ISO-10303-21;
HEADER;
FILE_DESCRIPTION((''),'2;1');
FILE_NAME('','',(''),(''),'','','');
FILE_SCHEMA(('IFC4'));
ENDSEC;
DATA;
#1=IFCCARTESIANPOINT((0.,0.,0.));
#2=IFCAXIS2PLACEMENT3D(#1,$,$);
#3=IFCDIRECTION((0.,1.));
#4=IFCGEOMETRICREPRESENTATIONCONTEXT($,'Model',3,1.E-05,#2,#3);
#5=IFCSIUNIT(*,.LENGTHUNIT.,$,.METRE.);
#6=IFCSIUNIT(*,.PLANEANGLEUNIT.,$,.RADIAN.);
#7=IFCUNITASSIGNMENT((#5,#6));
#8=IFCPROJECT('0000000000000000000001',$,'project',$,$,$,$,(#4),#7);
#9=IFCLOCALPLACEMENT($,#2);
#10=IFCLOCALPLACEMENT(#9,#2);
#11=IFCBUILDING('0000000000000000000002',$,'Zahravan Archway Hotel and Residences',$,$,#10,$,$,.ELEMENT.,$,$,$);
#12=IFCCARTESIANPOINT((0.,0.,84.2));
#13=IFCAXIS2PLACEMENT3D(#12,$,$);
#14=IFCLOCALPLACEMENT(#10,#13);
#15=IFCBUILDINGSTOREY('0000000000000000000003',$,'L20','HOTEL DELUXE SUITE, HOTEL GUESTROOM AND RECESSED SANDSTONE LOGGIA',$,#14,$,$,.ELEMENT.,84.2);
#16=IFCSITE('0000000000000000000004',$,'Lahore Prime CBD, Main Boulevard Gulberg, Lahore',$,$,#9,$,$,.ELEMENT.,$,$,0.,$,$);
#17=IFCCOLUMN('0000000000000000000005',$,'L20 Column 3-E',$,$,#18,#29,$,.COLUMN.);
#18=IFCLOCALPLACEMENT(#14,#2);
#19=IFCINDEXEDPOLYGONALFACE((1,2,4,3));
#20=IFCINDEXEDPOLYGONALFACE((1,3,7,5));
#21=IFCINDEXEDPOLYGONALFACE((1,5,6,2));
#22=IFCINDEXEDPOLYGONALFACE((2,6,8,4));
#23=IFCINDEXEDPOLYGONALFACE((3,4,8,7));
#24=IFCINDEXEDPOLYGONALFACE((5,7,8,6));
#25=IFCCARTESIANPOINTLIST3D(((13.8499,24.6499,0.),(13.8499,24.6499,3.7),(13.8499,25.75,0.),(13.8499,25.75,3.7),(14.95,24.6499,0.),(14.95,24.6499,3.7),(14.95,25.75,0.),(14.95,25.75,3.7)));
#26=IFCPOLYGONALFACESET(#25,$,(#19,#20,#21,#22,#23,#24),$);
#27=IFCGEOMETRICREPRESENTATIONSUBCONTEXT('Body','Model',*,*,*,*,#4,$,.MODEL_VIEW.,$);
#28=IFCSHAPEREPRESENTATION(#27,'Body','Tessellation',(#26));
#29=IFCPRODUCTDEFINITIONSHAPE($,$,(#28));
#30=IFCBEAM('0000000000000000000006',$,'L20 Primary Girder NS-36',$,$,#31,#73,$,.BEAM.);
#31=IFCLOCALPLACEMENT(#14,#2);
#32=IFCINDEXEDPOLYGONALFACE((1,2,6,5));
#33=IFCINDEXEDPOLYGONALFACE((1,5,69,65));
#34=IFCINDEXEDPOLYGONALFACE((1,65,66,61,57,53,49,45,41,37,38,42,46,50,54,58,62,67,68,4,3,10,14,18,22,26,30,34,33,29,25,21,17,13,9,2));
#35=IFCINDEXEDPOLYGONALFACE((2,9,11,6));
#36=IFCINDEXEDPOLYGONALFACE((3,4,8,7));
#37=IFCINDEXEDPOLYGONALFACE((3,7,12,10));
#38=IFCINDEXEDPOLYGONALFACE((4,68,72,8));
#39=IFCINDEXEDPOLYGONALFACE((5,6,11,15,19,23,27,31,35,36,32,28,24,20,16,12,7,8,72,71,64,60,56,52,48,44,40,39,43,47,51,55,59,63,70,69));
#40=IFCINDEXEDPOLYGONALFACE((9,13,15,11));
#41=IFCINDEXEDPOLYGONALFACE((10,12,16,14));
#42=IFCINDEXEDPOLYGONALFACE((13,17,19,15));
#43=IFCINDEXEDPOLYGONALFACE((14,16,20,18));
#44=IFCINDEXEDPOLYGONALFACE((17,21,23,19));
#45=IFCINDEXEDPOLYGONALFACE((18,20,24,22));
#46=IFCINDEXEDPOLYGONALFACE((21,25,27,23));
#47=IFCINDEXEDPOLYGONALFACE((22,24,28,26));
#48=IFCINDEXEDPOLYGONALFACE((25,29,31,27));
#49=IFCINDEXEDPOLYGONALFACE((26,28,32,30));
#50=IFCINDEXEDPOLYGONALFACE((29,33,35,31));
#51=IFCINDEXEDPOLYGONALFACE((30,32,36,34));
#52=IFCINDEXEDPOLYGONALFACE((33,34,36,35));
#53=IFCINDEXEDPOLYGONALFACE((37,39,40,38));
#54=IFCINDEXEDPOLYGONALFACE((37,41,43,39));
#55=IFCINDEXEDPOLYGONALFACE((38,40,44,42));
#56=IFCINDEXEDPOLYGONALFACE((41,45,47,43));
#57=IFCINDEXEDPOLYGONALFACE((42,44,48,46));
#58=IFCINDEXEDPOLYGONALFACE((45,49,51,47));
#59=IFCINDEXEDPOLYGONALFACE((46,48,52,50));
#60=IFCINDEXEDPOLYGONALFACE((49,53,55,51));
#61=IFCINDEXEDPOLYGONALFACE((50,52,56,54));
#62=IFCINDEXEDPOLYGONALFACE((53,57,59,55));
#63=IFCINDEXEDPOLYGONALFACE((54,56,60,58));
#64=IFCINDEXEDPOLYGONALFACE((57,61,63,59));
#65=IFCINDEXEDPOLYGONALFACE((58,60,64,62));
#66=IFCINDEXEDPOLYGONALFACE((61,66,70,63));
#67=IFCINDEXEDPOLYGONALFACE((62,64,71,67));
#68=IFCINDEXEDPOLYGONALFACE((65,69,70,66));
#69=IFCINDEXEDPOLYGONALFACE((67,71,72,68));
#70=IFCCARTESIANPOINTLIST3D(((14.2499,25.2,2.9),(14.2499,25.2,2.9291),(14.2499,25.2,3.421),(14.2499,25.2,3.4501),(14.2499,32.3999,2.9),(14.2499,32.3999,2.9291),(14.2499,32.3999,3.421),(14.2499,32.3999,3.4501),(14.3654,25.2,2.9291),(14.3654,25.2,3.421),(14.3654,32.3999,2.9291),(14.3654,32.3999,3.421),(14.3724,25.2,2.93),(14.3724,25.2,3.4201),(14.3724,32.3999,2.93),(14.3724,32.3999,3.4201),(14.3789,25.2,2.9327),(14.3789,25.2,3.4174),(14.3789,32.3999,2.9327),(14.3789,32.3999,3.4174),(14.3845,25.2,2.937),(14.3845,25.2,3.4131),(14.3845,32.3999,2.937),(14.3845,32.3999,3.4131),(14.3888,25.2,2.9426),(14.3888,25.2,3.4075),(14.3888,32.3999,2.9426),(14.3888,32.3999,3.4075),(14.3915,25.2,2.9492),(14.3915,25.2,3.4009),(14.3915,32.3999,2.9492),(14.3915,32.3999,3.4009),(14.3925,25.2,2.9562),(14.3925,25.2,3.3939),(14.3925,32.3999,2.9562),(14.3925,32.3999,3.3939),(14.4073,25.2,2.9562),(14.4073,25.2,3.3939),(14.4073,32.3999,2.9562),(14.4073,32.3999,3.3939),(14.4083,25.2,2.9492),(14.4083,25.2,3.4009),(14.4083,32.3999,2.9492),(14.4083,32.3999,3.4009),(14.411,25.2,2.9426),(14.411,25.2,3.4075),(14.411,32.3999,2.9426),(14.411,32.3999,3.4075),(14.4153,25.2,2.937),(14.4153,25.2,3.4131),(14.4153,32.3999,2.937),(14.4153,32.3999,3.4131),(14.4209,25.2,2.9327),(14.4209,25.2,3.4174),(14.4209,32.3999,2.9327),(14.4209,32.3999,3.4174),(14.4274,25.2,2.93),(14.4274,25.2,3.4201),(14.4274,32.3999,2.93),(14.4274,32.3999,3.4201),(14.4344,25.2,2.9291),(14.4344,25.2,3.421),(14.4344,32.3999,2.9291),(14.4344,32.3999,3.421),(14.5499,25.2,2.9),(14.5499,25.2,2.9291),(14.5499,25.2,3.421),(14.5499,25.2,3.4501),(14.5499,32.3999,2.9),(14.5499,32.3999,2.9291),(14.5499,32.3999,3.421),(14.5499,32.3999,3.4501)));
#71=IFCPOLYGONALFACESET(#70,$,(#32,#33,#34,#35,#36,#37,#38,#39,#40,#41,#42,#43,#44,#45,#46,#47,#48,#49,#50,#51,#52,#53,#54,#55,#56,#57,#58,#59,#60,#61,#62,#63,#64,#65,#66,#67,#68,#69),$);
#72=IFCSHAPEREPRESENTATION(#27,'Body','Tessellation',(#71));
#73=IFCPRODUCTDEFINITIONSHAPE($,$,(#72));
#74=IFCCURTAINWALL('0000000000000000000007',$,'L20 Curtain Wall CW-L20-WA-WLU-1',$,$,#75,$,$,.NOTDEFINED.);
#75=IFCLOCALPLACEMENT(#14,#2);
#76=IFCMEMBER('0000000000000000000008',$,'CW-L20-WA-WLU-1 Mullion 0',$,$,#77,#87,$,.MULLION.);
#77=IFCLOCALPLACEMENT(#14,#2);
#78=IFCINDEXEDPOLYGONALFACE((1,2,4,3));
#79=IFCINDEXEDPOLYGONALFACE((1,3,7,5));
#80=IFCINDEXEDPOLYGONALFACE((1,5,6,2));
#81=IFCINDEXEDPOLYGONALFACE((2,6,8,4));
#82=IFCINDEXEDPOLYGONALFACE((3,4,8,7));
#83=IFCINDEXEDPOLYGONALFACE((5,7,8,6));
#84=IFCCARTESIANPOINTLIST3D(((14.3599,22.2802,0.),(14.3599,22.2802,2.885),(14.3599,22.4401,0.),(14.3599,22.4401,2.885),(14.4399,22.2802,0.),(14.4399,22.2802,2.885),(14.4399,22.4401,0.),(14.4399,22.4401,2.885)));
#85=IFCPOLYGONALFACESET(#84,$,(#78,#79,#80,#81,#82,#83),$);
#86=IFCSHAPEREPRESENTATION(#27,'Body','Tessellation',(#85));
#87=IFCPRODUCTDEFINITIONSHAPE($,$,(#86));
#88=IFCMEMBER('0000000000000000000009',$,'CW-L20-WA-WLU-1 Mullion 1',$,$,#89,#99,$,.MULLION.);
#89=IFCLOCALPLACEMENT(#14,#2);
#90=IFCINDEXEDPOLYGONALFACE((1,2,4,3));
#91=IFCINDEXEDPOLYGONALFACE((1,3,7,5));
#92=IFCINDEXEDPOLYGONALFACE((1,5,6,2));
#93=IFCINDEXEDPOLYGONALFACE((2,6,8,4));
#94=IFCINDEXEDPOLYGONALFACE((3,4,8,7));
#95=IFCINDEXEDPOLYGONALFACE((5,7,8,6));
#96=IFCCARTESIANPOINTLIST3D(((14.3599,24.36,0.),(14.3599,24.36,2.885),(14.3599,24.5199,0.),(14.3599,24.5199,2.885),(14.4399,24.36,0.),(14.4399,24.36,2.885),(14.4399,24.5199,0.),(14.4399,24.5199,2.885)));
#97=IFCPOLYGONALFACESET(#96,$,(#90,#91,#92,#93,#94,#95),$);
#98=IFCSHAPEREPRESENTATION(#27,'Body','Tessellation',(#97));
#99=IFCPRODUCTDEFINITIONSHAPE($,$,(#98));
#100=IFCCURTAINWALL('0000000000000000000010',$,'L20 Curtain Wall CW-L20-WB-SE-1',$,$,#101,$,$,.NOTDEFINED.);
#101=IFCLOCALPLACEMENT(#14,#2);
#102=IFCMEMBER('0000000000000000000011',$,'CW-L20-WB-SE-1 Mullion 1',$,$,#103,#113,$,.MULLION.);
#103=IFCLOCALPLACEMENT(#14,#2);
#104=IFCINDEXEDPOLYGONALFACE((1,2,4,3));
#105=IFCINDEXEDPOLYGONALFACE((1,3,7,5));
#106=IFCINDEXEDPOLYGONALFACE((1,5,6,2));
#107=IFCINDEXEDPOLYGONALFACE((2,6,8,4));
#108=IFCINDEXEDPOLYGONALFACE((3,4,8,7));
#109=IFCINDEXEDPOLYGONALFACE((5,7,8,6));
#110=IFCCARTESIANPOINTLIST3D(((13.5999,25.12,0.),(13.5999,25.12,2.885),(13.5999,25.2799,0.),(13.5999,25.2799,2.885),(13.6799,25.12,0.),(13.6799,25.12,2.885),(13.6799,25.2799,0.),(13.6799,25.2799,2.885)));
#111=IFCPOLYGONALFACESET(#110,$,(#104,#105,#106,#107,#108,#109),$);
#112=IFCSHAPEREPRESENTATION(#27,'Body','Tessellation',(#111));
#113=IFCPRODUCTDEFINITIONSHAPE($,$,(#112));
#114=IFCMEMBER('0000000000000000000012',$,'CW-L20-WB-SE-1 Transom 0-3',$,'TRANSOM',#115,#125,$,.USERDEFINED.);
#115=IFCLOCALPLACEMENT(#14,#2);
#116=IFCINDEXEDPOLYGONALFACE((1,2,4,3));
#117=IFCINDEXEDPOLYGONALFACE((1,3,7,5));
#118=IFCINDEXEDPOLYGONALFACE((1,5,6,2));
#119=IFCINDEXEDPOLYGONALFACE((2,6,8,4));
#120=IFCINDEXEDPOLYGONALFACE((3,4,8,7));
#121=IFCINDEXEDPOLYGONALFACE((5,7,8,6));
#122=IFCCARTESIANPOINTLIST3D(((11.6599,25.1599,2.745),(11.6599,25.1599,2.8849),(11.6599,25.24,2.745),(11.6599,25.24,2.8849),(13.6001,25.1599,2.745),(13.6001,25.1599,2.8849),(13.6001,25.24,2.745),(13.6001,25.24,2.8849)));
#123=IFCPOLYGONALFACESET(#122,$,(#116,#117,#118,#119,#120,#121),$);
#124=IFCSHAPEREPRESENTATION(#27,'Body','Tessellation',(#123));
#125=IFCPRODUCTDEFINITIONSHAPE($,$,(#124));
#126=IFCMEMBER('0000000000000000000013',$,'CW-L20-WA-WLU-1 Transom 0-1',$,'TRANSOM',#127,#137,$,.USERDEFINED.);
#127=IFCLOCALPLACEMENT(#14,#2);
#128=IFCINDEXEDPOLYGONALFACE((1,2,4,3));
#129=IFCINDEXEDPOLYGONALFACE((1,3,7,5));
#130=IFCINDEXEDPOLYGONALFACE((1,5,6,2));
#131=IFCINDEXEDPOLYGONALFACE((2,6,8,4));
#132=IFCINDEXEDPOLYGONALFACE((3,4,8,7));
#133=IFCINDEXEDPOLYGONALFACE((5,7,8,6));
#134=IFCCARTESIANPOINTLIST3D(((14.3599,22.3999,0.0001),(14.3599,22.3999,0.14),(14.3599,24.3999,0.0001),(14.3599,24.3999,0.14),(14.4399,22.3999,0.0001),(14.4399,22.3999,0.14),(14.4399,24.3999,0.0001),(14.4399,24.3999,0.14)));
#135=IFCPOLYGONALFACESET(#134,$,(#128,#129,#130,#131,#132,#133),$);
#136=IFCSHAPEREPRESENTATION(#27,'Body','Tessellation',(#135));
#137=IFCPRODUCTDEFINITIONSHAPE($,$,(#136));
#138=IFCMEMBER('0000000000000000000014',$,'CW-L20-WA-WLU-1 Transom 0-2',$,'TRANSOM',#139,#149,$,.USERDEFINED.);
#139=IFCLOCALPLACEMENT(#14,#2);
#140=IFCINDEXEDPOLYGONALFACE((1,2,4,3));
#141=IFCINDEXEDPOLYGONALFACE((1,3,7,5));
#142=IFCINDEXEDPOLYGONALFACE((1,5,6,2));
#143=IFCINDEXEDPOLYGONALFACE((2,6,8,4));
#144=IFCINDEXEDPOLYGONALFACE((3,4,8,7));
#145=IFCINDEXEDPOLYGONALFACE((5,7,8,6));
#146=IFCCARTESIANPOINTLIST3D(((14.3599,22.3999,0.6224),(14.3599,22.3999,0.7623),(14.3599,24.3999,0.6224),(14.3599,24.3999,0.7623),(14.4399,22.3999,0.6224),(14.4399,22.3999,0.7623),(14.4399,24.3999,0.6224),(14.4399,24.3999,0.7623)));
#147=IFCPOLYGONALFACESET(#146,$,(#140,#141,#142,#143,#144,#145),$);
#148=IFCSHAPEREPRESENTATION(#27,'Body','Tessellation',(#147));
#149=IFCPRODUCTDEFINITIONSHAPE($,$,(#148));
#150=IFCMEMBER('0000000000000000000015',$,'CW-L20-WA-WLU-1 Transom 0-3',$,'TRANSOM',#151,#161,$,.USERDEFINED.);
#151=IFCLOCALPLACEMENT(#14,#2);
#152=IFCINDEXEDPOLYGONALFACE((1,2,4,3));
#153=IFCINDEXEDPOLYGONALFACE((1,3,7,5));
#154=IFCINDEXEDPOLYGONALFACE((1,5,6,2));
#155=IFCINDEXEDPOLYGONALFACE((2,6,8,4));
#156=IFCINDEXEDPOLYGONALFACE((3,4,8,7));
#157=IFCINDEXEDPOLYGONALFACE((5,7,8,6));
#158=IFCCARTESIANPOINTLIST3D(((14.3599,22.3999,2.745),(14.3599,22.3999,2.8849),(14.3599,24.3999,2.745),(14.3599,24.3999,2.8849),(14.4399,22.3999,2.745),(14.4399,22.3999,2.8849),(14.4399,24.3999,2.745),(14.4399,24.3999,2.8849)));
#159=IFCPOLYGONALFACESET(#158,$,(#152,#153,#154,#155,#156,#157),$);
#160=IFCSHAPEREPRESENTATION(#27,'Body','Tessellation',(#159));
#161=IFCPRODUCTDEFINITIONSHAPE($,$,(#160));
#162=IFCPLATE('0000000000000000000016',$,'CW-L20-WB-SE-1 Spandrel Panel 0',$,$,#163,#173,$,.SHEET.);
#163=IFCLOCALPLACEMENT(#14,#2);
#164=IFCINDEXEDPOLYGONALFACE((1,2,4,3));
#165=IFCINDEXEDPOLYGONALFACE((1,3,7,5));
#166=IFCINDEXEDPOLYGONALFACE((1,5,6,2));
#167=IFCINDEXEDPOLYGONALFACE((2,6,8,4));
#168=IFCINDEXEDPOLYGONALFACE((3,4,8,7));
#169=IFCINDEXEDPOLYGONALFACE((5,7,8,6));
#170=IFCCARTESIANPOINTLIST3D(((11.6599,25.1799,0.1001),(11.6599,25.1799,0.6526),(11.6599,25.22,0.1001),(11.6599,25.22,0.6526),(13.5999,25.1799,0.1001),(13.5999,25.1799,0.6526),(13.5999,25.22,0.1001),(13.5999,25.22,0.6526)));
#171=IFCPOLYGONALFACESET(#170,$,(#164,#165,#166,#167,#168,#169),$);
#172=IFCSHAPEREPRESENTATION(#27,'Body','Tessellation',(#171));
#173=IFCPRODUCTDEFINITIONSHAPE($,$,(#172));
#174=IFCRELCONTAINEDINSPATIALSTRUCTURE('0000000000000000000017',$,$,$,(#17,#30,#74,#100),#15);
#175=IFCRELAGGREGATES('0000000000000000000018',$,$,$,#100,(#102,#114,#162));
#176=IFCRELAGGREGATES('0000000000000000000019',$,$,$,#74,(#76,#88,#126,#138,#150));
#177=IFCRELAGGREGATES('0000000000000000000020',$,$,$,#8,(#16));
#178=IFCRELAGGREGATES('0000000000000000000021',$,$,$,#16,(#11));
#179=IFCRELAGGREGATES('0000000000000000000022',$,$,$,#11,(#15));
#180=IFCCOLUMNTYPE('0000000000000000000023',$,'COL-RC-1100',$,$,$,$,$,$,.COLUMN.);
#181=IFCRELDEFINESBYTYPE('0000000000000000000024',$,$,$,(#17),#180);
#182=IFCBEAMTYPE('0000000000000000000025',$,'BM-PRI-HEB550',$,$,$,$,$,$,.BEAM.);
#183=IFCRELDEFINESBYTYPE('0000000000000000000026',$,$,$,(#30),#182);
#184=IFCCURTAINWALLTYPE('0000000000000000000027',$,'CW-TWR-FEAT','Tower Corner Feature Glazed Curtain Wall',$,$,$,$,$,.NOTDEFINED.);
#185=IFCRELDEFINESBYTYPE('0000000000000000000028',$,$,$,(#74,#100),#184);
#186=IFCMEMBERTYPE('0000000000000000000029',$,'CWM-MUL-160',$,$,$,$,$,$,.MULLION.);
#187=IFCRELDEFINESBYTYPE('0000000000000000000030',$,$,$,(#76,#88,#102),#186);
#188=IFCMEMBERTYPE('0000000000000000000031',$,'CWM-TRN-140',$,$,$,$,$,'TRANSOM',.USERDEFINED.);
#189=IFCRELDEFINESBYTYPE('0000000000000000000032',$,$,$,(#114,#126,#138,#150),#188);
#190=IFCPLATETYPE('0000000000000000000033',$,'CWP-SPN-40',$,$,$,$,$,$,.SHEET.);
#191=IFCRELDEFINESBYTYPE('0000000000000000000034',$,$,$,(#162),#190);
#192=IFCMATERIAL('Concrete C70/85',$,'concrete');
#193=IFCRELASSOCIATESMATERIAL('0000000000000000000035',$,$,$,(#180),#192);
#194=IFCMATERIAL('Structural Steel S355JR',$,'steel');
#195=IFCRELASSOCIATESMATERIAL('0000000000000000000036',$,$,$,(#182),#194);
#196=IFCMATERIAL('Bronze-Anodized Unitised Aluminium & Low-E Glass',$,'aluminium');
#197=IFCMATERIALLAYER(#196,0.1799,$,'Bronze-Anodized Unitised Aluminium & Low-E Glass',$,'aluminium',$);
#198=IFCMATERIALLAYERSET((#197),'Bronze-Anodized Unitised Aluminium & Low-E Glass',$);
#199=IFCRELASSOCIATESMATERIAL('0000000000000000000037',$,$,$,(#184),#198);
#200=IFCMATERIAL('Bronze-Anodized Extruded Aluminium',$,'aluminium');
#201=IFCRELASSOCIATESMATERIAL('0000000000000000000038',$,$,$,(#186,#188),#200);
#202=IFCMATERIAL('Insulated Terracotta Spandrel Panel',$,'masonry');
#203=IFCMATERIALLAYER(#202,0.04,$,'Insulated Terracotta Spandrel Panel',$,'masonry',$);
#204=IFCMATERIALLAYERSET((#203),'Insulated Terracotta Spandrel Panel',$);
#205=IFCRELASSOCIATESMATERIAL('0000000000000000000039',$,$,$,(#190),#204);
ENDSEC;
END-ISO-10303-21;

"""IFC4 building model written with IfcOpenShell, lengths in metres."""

from ifc_helpers import new_model, si_unit, direction, frame, origin, origin_2d, place, context, subcontext, project, spatial, rectangle, i_section, extrude, source, transform, mapped, material, layer, layer_set, material_profile, profile_set, type_object, element, aggregate, save


model = new_model("IFC4")

# Units and contexts
model_context = context("Model", 3, precision=1e-05, world=origin(), true_north=direction((0.0, 1.0)))
body_context = subcontext(model_context, "Body", "Model", "MODEL_VIEW")
ifc_project = project(units=[si_unit("LENGTHUNIT", "METRE"), si_unit("PLANEANGLEUNIT", "RADIAN")], contexts=[model_context])

# Site, building, storey
site_placement = place(None, origin())
site = spatial("IfcSite", under=ifc_project, at=site_placement, Name="Lahore Prime CBD, Main Boulevard Gulberg, Lahore", CompositionType="ELEMENT", RefElevation=0.0)
building_placement = place(site_placement, origin())
building = spatial("IfcBuilding", under=site, at=building_placement, Name="Zahravan Archway Hotel and Residences", CompositionType="ELEMENT")
storey_placement = place(building_placement, frame((0.0, 0.0, 84.2)))
storey = spatial("IfcBuildingStorey", under=building, at=storey_placement, Name="L20", Description="HOTEL DELUXE SUITE, HOTEL GUESTROOM AND RECESSED SANDSTONE LOGGIA", CompositionType="ELEMENT", Elevation=84.2)

# Column
ifc_material_1 = material(Name="Concrete C70/85", Category="concrete")
ifc_material_profile_1 = material_profile(ifc_material_1, rectangle(XDim=1.1001, YDim=1.1001, at=origin_2d()), Name="RC 1100x1100", Category="concrete")
ifc_profile_set_1 = profile_set([ifc_material_profile_1], Name="Concrete C70/85")
column_type = type_object("IfcColumnType", Name="COL-RC-1100", PredefinedType="COLUMN", material=ifc_profile_set_1)
shared_shape_1 = source(origin(), body_context, "Body", "SweptSolid", [
    extrude(rectangle(XDim=1.1001, YDim=1.1001, at=origin_2d()), origin(), (0.0, 0.0, 1.0), 3.7),
])
column_placement = place(storey_placement, frame((14.3999, 25.2, 0.0), z_axis=(0.0, 0.0, 1.0), x_axis=(1.0, 0.0, 0.0)))
element("IfcColumn", 1, at=column_placement, inside=storey, type_object=column_type, Name="L20 Column 3-E", PredefinedType="COLUMN", context=body_context, shape_type="MappedRepresentation", body=[
    mapped(shared_shape_1, transform((0.0, 0.0, 0.0), scale=1.0)),
])

# Beam
ifc_material_2 = material(Name="Structural Steel S355JR", Category="steel")
ifc_material_profile_2 = material_profile(ifc_material_2, i_section(OverallWidth=0.3, OverallDepth=0.55, WebThickness=0.0149, FlangeThickness=0.0291, FilletRadius=0.0271, at=origin_2d()), Name="HEB 550", Category="steel")
ifc_profile_set_2 = profile_set([ifc_material_profile_2], Name="Structural Steel S355JR")
beam_type = type_object("IfcBeamType", Name="BM-PRI-HEB550", PredefinedType="BEAM", material=ifc_profile_set_2)
shared_shape_2 = source(origin(), body_context, "Body", "SweptSolid", [
    extrude(i_section(OverallWidth=0.3, OverallDepth=0.55, WebThickness=0.0149, FlangeThickness=0.0291, FilletRadius=0.0271, at=origin_2d()), origin(), (0.0, 0.0, 1.0), 7.2),
])
beam_placement = place(storey_placement, frame((14.3999, 25.2, 3.175), z_axis=(0.0, 1.0, 0.0), x_axis=(-1.0, 0.0, 0.0)))
element("IfcBeam", 2, at=beam_placement, inside=storey, type_object=beam_type, Name="L20 Primary Girder NS-36", PredefinedType="BEAM", context=body_context, shape_type="MappedRepresentation", body=[
    mapped(shared_shape_2, transform((0.0, 0.0, 0.0), scale=1.0)),
])

# Curtain walls, members
ifc_material_3 = material(Name="Bronze-Anodized Unitised Aluminium & Low-E Glass", Category="aluminium")
ifc_layer_1 = layer(ifc_material_3, 0.1799, Name="Bronze-Anodized Unitised Aluminium & Low-E Glass", Category="aluminium")
ifc_layer_set_1 = layer_set([ifc_layer_1], Name="Bronze-Anodized Unitised Aluminium & Low-E Glass")
curtain_wall_type = type_object("IfcCurtainWallType", Name="CW-TWR-FEAT", Description="Tower Corner Feature Glazed Curtain Wall", PredefinedType="NOTDEFINED", material=ifc_layer_set_1)
curtain_wall_1_placement = place(storey_placement, origin())
curtain_wall_1 = element("IfcCurtainWall", 3, at=curtain_wall_1_placement, inside=storey, type_object=curtain_wall_type, Name="L20 Curtain Wall CW-L20-WA-WLU-1", PredefinedType="NOTDEFINED")
ifc_material_4 = material(Name="Bronze-Anodized Extruded Aluminium", Category="aluminium")
ifc_material_profile_3 = material_profile(ifc_material_4, rectangle(XDim=0.0801, YDim=0.1599, at=origin_2d()), Name="MUL 80x160", Category="aluminium")
ifc_profile_set_3 = profile_set([ifc_material_profile_3], Name="Bronze-Anodized Extruded Aluminium")
member_type_1 = type_object("IfcMemberType", Name="CWM-MUL-160", PredefinedType="MULLION", material=ifc_profile_set_3)
shared_shape_3 = source(origin(), body_context, "Body", "SweptSolid", [
    extrude(rectangle(XDim=0.0801, YDim=0.1599, at=origin_2d()), origin(), (0.0, 0.0, 1.0), 2.885),
])
member_1_placement = place(storey_placement, frame((14.3999, 22.3601, 0.0), z_axis=(0.0, 0.0, 1.0), x_axis=(1.0, 0.0, 0.0)))
member_1 = element("IfcMember", 4, at=member_1_placement, type_object=member_type_1, Name="CW-L20-WA-WLU-1 Mullion 0", PredefinedType="MULLION", context=body_context, shape_type="MappedRepresentation", body=[
    mapped(shared_shape_3, transform((0.0, 0.0, 0.0), scale=1.0)),
])
member_2_placement = place(storey_placement, frame((14.3999, 24.4399, 0.0), z_axis=(0.0, 0.0, 1.0), x_axis=(1.0, 0.0, 0.0)))
member_2 = element("IfcMember", 5, at=member_2_placement, type_object=member_type_1, Name="CW-L20-WA-WLU-1 Mullion 1", PredefinedType="MULLION", context=body_context, shape_type="MappedRepresentation", body=[
    mapped(shared_shape_3, transform((0.0, 0.0, 0.0), scale=1.0)),
])
curtain_wall_2_placement = place(storey_placement, origin())
curtain_wall_2 = element("IfcCurtainWall", 6, at=curtain_wall_2_placement, inside=storey, type_object=curtain_wall_type, Name="L20 Curtain Wall CW-L20-WB-SE-1", PredefinedType="NOTDEFINED")
member_3_placement = place(storey_placement, frame((13.6399, 25.2, 0.0), z_axis=(0.0, 0.0, 1.0), x_axis=(1.0, 0.0, 0.0)))
member_3 = element("IfcMember", 7, at=member_3_placement, type_object=member_type_1, Name="CW-L20-WB-SE-1 Mullion 1", PredefinedType="MULLION", context=body_context, shape_type="MappedRepresentation", body=[
    mapped(shared_shape_3, transform((0.0, 0.0, 0.0), scale=1.0)),
])
ifc_material_profile_4 = material_profile(ifc_material_4, rectangle(XDim=0.0801, YDim=0.1399, at=origin_2d()), Name="TRN 80x140", Category="aluminium")
ifc_profile_set_4 = profile_set([ifc_material_profile_4], Name="Bronze-Anodized Extruded Aluminium")
member_type_2 = type_object("IfcMemberType", Name="CWM-TRN-140", ElementType="TRANSOM", PredefinedType="USERDEFINED", material=ifc_profile_set_4)
shared_shape_4 = source(origin(), body_context, "Body", "SweptSolid", [
    extrude(rectangle(XDim=0.0801, YDim=0.1399, at=origin_2d()), origin(), (0.0, 0.0, 1.0), 1.9402),
])
member_4_placement = place(storey_placement, frame((11.6599, 25.2, 2.8149), z_axis=(1.0, 0.0, 0.0), x_axis=(0.0, 1.0, 0.0)))
member_4 = element("IfcMember", 8, at=member_4_placement, type_object=member_type_2, Name="CW-L20-WB-SE-1 Transom 0-3", ObjectType="TRANSOM", PredefinedType="USERDEFINED", context=body_context, shape_type="MappedRepresentation", body=[
    mapped(shared_shape_4, transform((0.0, 0.0, 0.0), scale=1.0)),
])

# Members
shared_shape_5 = source(origin(), body_context, "Body", "SweptSolid", [
    extrude(rectangle(XDim=0.0801, YDim=0.1399, at=origin_2d()), origin(), (0.0, 0.0, 1.0), 2.0),
])
member_5_placement = place(storey_placement, frame((14.3999, 22.3999, 0.0701), z_axis=(0.0, 1.0, 0.0), x_axis=(-1.0, 0.0, 0.0)))
member_5 = element("IfcMember", 9, at=member_5_placement, type_object=member_type_2, Name="CW-L20-WA-WLU-1 Transom 0-1", ObjectType="TRANSOM", PredefinedType="USERDEFINED", context=body_context, shape_type="MappedRepresentation", body=[
    mapped(shared_shape_5, transform((0.0, 0.0, 0.0), scale=1.0)),
])
member_6_placement = place(storey_placement, frame((14.3999, 22.3999, 0.6924), z_axis=(0.0, 1.0, 0.0), x_axis=(-1.0, 0.0, 0.0)))
member_6 = element("IfcMember", 10, at=member_6_placement, type_object=member_type_2, Name="CW-L20-WA-WLU-1 Transom 0-2", ObjectType="TRANSOM", PredefinedType="USERDEFINED", context=body_context, shape_type="MappedRepresentation", body=[
    mapped(shared_shape_5, transform((0.0, 0.0, 0.0), scale=1.0)),
])
member_7_placement = place(storey_placement, frame((14.3999, 22.3999, 2.8149), z_axis=(0.0, 1.0, 0.0), x_axis=(-1.0, 0.0, 0.0)))
member_7 = element("IfcMember", 11, at=member_7_placement, type_object=member_type_2, Name="CW-L20-WA-WLU-1 Transom 0-3", ObjectType="TRANSOM", PredefinedType="USERDEFINED", context=body_context, shape_type="MappedRepresentation", body=[
    mapped(shared_shape_5, transform((0.0, 0.0, 0.0), scale=1.0)),
])

# Plate
ifc_material_5 = material(Name="Insulated Terracotta Spandrel Panel", Category="masonry")
ifc_layer_2 = layer(ifc_material_5, 0.04, Name="Insulated Terracotta Spandrel Panel", Category="masonry")
ifc_layer_set_2 = layer_set([ifc_layer_2], Name="Insulated Terracotta Spandrel Panel")
plate_type_1 = type_object("IfcPlateType", Name="CWP-SPN-40", PredefinedType="SHEET", material=ifc_layer_set_2)
shared_shape_6 = source(origin(), body_context, "Body", "SweptSolid", [
    extrude(rectangle(XDim=1.9399, YDim=0.04, at=origin_2d()), origin(), (0.0, 0.0, 1.0), 0.5525),
])
plate_1_placement = place(storey_placement, frame((12.6299, 25.2, 0.1001), z_axis=(0.0, 0.0, 1.0), x_axis=(1.0, 0.0, 0.0)))
plate_1 = element("IfcPlate", 12, at=plate_1_placement, type_object=plate_type_1, Name="CW-L20-WB-SE-1 Spandrel Panel 0", PredefinedType="SHEET", context=body_context, shape_type="MappedRepresentation", body=[
    mapped(shared_shape_6, transform((0.0, 0.0, 0.0), scale=1.0)),
])
aggregate(curtain_wall_2, [member_3, member_4, plate_1])
aggregate(curtain_wall_1, [member_1, member_2, member_5, member_6, member_7])

save(model, "model.ifc")
